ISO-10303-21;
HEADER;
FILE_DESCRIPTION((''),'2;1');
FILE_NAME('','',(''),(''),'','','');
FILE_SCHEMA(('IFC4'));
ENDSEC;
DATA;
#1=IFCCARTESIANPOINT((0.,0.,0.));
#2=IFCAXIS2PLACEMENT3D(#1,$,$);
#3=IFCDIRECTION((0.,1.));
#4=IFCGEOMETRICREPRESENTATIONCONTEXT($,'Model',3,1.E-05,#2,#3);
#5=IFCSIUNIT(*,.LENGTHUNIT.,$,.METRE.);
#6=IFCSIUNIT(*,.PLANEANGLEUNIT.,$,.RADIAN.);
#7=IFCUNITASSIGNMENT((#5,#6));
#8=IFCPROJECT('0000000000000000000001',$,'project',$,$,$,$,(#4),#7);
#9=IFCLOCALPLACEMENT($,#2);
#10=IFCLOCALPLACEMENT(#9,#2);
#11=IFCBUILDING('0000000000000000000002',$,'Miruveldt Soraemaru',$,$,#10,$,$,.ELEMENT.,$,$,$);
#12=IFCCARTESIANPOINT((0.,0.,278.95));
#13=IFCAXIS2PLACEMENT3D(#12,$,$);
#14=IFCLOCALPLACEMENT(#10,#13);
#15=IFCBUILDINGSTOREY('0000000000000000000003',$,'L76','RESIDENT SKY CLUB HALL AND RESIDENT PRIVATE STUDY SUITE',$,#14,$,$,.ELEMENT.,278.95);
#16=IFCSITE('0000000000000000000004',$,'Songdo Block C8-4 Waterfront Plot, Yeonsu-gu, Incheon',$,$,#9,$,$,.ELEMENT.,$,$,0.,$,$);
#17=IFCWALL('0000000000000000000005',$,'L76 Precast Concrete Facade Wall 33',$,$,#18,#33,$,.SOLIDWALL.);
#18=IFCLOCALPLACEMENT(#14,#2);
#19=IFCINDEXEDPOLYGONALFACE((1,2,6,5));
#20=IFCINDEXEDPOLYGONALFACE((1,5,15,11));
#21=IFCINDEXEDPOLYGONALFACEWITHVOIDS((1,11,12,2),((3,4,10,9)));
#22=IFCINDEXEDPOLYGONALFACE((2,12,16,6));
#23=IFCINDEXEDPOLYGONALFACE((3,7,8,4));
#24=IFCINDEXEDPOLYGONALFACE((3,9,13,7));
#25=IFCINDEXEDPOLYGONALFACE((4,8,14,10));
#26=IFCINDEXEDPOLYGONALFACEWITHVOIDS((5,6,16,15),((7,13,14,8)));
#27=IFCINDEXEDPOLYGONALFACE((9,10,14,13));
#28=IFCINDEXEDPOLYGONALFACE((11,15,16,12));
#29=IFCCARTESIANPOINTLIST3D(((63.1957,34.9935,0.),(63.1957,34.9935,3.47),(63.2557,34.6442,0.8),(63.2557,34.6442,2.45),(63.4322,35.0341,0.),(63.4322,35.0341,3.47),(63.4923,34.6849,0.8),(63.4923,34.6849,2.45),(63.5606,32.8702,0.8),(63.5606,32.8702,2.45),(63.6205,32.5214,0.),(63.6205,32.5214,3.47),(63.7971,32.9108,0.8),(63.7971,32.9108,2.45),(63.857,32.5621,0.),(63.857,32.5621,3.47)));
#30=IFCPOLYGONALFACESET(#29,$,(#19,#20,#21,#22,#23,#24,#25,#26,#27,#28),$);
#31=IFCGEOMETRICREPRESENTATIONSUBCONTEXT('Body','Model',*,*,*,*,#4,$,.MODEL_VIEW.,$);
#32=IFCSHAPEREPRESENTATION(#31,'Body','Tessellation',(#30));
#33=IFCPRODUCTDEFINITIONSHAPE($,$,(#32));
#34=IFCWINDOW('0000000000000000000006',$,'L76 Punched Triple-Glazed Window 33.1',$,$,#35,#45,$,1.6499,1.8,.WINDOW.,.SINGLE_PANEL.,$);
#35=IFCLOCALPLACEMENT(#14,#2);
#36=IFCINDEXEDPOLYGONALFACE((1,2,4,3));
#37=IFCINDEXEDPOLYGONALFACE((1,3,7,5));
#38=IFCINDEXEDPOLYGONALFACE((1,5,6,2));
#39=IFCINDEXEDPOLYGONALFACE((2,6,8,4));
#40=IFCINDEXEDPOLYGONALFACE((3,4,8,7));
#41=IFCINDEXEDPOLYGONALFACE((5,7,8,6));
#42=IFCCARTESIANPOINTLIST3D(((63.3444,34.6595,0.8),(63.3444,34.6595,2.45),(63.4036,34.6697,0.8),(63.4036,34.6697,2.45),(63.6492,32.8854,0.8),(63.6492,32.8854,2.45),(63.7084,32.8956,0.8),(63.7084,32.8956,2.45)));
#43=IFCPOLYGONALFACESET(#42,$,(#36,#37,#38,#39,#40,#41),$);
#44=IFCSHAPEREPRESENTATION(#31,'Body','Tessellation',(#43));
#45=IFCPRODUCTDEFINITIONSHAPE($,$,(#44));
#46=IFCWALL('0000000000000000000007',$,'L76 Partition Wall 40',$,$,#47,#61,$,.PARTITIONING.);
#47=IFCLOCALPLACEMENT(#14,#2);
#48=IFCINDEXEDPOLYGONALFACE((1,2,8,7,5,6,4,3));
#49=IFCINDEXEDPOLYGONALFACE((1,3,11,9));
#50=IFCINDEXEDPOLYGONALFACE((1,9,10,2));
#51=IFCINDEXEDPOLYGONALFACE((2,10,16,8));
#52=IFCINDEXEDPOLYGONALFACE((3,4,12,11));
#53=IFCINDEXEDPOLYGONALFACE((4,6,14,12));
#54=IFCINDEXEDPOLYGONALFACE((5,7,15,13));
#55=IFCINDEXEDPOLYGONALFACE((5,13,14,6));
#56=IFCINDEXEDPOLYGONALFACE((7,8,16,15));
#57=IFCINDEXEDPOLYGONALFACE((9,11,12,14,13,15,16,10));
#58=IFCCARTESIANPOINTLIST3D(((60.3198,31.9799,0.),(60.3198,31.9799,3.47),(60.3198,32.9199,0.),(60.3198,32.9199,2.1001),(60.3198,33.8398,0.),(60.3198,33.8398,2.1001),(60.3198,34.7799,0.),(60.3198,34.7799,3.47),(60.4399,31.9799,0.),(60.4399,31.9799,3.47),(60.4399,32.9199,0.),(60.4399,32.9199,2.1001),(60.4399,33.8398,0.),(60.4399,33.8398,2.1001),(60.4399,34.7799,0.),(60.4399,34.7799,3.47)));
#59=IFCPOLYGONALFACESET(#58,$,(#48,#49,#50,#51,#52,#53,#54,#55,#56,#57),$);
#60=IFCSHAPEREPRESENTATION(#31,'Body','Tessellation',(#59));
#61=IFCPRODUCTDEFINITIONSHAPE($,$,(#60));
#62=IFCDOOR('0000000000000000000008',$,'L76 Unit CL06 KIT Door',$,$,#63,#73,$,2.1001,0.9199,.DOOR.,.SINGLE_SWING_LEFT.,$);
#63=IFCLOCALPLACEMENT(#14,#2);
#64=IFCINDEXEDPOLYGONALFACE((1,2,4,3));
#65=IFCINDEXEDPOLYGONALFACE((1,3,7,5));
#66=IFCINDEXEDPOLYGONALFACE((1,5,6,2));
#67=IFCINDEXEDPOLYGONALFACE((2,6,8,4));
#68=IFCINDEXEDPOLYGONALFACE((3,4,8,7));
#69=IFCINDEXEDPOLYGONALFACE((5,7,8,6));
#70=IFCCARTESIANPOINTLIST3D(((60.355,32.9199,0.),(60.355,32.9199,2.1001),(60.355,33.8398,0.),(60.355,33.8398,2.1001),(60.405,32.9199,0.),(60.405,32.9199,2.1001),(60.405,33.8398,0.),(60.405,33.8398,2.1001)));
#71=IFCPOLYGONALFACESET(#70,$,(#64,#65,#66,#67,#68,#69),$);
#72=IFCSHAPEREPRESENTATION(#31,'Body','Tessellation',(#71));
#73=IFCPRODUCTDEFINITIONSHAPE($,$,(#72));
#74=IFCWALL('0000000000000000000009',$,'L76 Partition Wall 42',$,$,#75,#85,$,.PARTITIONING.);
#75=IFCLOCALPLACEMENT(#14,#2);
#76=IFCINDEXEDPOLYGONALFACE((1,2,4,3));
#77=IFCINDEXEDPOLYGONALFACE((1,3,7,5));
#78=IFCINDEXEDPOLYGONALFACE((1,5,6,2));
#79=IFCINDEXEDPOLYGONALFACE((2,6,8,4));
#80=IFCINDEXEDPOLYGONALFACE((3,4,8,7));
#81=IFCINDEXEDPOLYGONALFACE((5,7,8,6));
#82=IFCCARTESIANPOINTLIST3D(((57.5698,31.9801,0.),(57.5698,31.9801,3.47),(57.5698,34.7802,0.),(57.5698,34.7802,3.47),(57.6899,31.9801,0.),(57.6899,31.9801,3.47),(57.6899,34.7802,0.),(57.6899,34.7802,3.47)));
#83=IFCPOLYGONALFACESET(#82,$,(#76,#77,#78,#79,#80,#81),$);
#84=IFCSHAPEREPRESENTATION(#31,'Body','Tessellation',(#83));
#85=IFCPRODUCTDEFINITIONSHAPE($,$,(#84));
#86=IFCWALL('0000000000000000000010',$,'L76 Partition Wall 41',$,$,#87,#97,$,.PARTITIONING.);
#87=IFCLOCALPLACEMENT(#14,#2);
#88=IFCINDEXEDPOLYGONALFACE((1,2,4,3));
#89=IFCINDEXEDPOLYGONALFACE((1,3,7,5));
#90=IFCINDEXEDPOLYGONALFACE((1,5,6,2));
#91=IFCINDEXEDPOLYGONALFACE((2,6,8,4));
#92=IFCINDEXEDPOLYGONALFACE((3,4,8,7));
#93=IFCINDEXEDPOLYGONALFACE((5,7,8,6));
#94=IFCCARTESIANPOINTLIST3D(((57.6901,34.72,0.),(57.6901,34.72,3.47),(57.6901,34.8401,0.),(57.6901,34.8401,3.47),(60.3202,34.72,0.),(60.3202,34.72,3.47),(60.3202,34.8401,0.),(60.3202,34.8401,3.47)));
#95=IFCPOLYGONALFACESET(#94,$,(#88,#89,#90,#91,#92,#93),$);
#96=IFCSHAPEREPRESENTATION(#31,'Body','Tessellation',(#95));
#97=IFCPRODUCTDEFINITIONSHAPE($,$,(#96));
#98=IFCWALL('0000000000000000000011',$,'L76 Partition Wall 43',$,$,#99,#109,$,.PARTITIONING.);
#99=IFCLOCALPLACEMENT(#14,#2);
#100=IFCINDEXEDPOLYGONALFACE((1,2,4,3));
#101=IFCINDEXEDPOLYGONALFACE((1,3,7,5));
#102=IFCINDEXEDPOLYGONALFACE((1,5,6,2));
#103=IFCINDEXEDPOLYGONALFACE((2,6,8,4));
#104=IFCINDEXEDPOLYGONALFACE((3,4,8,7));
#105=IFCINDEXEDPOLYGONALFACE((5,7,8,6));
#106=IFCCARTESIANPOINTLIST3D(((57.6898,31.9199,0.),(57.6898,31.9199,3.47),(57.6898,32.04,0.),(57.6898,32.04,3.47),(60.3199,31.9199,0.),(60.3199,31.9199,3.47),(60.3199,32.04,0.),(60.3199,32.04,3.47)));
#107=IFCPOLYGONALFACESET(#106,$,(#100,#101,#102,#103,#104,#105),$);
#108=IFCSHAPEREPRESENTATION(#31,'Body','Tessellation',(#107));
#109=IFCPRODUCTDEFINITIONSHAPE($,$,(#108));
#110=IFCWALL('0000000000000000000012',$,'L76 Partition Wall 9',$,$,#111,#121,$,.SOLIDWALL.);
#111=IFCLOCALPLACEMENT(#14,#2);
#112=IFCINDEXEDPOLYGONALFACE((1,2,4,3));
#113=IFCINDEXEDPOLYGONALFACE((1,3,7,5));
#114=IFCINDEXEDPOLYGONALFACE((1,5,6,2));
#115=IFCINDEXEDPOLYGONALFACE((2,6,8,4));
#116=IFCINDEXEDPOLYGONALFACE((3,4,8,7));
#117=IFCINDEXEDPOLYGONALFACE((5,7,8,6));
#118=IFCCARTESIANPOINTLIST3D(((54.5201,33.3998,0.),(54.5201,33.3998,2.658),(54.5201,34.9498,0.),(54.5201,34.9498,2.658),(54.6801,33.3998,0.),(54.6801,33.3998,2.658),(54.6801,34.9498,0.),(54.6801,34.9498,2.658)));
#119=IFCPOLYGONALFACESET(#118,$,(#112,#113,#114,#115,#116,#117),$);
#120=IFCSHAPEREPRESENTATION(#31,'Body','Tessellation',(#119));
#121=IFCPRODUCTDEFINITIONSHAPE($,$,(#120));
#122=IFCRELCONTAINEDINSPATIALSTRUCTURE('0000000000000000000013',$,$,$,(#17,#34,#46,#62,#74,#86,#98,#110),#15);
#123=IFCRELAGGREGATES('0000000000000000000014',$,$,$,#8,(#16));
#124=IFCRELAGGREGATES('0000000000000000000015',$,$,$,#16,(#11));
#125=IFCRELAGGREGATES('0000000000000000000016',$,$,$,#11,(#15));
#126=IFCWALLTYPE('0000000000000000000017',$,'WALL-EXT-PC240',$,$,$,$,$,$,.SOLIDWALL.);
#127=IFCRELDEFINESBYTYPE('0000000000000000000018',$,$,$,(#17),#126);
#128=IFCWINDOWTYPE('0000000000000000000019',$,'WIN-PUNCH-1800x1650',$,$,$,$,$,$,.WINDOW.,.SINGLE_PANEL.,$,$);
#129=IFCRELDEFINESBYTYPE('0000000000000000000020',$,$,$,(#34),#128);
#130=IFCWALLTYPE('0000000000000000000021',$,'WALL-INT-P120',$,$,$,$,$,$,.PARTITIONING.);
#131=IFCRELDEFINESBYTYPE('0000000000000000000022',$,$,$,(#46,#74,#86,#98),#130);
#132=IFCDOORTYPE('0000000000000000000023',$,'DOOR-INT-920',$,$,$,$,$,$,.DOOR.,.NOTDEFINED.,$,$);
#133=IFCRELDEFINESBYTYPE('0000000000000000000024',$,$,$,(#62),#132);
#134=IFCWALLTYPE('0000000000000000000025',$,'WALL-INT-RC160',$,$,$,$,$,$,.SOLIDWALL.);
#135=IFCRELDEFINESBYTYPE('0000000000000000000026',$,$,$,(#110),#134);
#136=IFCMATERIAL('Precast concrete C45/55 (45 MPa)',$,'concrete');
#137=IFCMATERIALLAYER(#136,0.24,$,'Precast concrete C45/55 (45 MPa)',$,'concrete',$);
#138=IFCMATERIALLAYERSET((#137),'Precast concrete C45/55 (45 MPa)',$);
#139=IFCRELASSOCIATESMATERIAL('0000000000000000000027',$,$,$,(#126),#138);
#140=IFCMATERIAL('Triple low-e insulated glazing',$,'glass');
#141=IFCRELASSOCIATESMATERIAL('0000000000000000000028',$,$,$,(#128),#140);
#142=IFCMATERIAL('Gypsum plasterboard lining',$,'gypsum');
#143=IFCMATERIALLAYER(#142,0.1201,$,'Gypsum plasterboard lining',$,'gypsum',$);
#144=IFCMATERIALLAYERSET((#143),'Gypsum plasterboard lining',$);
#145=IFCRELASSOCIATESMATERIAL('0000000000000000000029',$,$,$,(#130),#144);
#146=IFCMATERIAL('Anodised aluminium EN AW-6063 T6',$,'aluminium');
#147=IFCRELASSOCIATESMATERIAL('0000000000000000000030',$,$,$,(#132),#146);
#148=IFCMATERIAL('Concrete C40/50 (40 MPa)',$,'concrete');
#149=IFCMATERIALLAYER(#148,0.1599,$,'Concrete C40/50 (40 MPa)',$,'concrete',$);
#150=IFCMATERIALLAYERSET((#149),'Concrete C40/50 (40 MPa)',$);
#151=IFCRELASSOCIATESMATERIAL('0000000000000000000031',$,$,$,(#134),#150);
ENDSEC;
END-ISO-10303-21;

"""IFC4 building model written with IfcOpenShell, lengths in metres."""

from ifc_helpers import new_model, si_unit, direction, frame, frame_2d, origin, place, context, subcontext, project, spatial, rectangle, extrude, material, layer, layer_set, type_object, element, fill, save


model = new_model("IFC4")

# Units and contexts
model_context = context("Model", 3, precision=1e-05, world=origin(), true_north=direction((0.0, 1.0)))
body_context = subcontext(model_context, "Body", "Model", "MODEL_VIEW")
ifc_project = project(units=[si_unit("LENGTHUNIT", "METRE"), si_unit("PLANEANGLEUNIT", "RADIAN")], contexts=[model_context])

# Site, building, storey
site_placement = place(None, origin())
site = spatial("IfcSite", under=ifc_project, at=site_placement, Name="Songdo Block C8-4 Waterfront Plot, Yeonsu-gu, Incheon", CompositionType="ELEMENT", RefElevation=0.0)
building_placement = place(site_placement, origin())
building = spatial("IfcBuilding", under=site, at=building_placement, Name="Miruveldt Soraemaru", CompositionType="ELEMENT")
storey_placement = place(building_placement, frame((0.0, 0.0, 278.95)))
storey = spatial("IfcBuildingStorey", under=building, at=storey_placement, Name="L76", Description="RESIDENT SKY CLUB HALL AND RESIDENT PRIVATE STUDY SUITE", CompositionType="ELEMENT", Elevation=278.95)

# Wall, opening, window
ifc_material_1 = material(Name="Precast concrete C45/55 (45 MPa)", Category="concrete")
ifc_layer_1 = layer(ifc_material_1, 0.24, Name="Precast concrete C45/55 (45 MPa)", Category="concrete")
ifc_layer_set_1 = layer_set([ifc_layer_1], Name="Precast concrete C45/55 (45 MPa)")
wall_type_1 = type_object("IfcWallType", Name="WALL-EXT-PC240", PredefinedType="SOLIDWALL", material=ifc_layer_set_1)
ifc_material_2 = material(Name="Triple low-e insulated glazing", Category="glass")
window_type_1 = type_object("IfcWindowType", Name="WIN-PUNCH-1800x1650", PartitioningType="SINGLE_PANEL", PredefinedType="WINDOW", material=ifc_material_2)
wall_1_placement = place(storey_placement, frame((63.7388, 32.5417, 0.0), z_axis=(0.0, 0.0, 1.0), x_axis=(-0.169353, 0.985555, 0.0)))
wall_1 = element("IfcWall", 1, at=wall_1_placement, inside=storey, type_object=wall_type_1, Name="L76 Precast Concrete Facade Wall 33", PredefinedType="SOLIDWALL", context=body_context, shape_type="SweptSolid", body=[
    extrude(rectangle(XDim=2.5083, YDim=0.24, at=frame_2d((1.2542, 0.0))), origin(), (0.0, 0.0, 1.0), 3.47),
])
opening_1_placement = place(wall_1_placement, frame((0.354, 0.0, 0.8)))
opening_1 = element("IfcOpeningElement", 2, at=opening_1_placement, cuts=wall_1, PredefinedType="OPENING", context=body_context, shape_type="SweptSolid", body=[
    extrude(rectangle(XDim=1.8, YDim=1.6499, at=frame_2d((0.8999, 0.825))), frame((0.0, 0.1299, 0.0), z_axis=(0.0, -1.0, 0.0), x_axis=(1.0, 0.0, 0.0)), (0.0, 0.0, 1.0), 0.26),
])
window_1_placement = place(opening_1_placement, origin())
window_1 = element("IfcWindow", 3, at=window_1_placement, inside=storey, type_object=window_type_1, Name="L76 Punched Triple-Glazed Window 33.1", OverallHeight=1.6499, OverallWidth=1.8, PartitioningType="SINGLE_PANEL", PredefinedType="WINDOW", context=body_context, shape_type="SweptSolid", body=[
    extrude(rectangle(XDim=1.8, YDim=1.6499, at=frame_2d((0.8999, 0.825))), frame((0.0, 0.03, 0.0), z_axis=(0.0, -1.0, 0.0), x_axis=(1.0, 0.0, 0.0)), (0.0, 0.0, 1.0), 0.0601),
])
fill(opening_1, window_1)

# Wall, opening, door
ifc_material_3 = material(Name="Gypsum plasterboard lining", Category="gypsum")
ifc_layer_2 = layer(ifc_material_3, 0.1201, Name="Gypsum plasterboard lining", Category="gypsum")
ifc_layer_set_2 = layer_set([ifc_layer_2], Name="Gypsum plasterboard lining")
wall_type_2 = type_object("IfcWallType", Name="WALL-INT-P120", PredefinedType="PARTITIONING", material=ifc_layer_set_2)
wall_2_placement = place(storey_placement, frame((60.3799, 31.98, 0.0), z_axis=(0.0, 0.0, 1.0), x_axis=(0.0, 1.0, 0.0)))
wall_2 = element("IfcWall", 4, at=wall_2_placement, inside=storey, type_object=wall_type_2, Name="L76 Partition Wall 40", PredefinedType="PARTITIONING", context=body_context, shape_type="SweptSolid", body=[
    extrude(rectangle(XDim=2.8, YDim=0.1201, at=frame_2d((1.3999, 0.0))), origin(), (0.0, 0.0, 1.0), 3.47),
])
opening_2_placement = place(wall_2_placement, frame((0.9399, 0.0, 0.0)))
opening_2 = element("IfcOpeningElement", 5, at=opening_2_placement, cuts=wall_2, PredefinedType="OPENING", context=body_context, shape_type="SweptSolid", body=[
    extrude(rectangle(XDim=0.9199, YDim=2.1001, at=frame_2d((0.46, 1.05))), frame((0.0, 0.0701, 0.0), z_axis=(0.0, -1.0, 0.0), x_axis=(1.0, 0.0, 0.0)), (0.0, 0.0, 1.0), 0.1401),
])
ifc_material_4 = material(Name="Anodised aluminium EN AW-6063 T6", Category="aluminium")
door_type = type_object("IfcDoorType", Name="DOOR-INT-920", OperationType="NOTDEFINED", PredefinedType="DOOR", material=ifc_material_4)
door_placement = place(opening_2_placement, origin())
door = element("IfcDoor", 6, at=door_placement, inside=storey, type_object=door_type, Name="L76 Unit CL06 KIT Door", OperationType="SINGLE_SWING_LEFT", OverallHeight=2.1001, OverallWidth=0.9199, PredefinedType="DOOR", context=body_context, shape_type="SweptSolid", body=[
    extrude(rectangle(XDim=0.9199, YDim=2.1001, at=frame_2d((0.46, 1.05))), frame((0.0, 0.0249, 0.0), z_axis=(0.0, -1.0, 0.0), x_axis=(1.0, 0.0, 0.0)), (0.0, 0.0, 1.0), 0.05),
])
fill(opening_2, door)

# Walls
wall_3_placement = place(storey_placement, frame((57.6299, 34.78, 0.0), z_axis=(0.0, 0.0, 1.0), x_axis=(0.0, -1.0, 0.0)))
element("IfcWall", 7, at=wall_3_placement, inside=storey, type_object=wall_type_2, Name="L76 Partition Wall 42", PredefinedType="PARTITIONING", context=body_context, shape_type="SweptSolid", body=[
    extrude(rectangle(XDim=2.8, YDim=0.1201, at=frame_2d((1.3999, 0.0))), origin(), (0.0, 0.0, 1.0), 3.47),
])
for number, where, z_axis, x_axis, name in (
    (8, (60.3201, 34.78, 0.0), (0.0, 0.0, 1.0), (-1.0, 0.0, 0.0), "L76 Partition Wall 41"),
    (9, (57.6899, 31.98, 0.0), (0.0, 0.0, 1.0), (1.0, 0.0, 0.0), "L76 Partition Wall 43"),
):
    element("IfcWall", number, at=place(storey_placement, frame(where, z_axis=z_axis, x_axis=x_axis)), inside=storey, type_object=wall_type_2, Name=name, PredefinedType="PARTITIONING", context=body_context, shape_type="SweptSolid", body=[
        extrude(rectangle(XDim=2.6301, YDim=0.1201, at=frame_2d((1.3149, 0.0))), origin(), (0.0, 0.0, 1.0), 3.47),
    ])
ifc_material_5 = material(Name="Concrete C40/50 (40 MPa)", Category="concrete")
ifc_layer_3 = layer(ifc_material_5, 0.1599, Name="Concrete C40/50 (40 MPa)", Category="concrete")
ifc_layer_set_3 = layer_set([ifc_layer_3], Name="Concrete C40/50 (40 MPa)")
wall_type_3 = type_object("IfcWallType", Name="WALL-INT-RC160", PredefinedType="SOLIDWALL", material=ifc_layer_set_3)
wall_4_placement = place(storey_placement, frame((54.6001, 33.3999, 0.0), z_axis=(0.0, 0.0, 1.0), x_axis=(0.0, 1.0, 0.0)))
element("IfcWall", 10, at=wall_4_placement, inside=storey, type_object=wall_type_3, Name="L76 Partition Wall 9", PredefinedType="SOLIDWALL", context=body_context, shape_type="SweptSolid", body=[
    extrude(rectangle(XDim=1.55, YDim=0.1599, at=frame_2d((0.7749, 0.0))), origin(), (0.0, 0.0, 1.0), 2.658),
])

save(model, "model.ifc")
